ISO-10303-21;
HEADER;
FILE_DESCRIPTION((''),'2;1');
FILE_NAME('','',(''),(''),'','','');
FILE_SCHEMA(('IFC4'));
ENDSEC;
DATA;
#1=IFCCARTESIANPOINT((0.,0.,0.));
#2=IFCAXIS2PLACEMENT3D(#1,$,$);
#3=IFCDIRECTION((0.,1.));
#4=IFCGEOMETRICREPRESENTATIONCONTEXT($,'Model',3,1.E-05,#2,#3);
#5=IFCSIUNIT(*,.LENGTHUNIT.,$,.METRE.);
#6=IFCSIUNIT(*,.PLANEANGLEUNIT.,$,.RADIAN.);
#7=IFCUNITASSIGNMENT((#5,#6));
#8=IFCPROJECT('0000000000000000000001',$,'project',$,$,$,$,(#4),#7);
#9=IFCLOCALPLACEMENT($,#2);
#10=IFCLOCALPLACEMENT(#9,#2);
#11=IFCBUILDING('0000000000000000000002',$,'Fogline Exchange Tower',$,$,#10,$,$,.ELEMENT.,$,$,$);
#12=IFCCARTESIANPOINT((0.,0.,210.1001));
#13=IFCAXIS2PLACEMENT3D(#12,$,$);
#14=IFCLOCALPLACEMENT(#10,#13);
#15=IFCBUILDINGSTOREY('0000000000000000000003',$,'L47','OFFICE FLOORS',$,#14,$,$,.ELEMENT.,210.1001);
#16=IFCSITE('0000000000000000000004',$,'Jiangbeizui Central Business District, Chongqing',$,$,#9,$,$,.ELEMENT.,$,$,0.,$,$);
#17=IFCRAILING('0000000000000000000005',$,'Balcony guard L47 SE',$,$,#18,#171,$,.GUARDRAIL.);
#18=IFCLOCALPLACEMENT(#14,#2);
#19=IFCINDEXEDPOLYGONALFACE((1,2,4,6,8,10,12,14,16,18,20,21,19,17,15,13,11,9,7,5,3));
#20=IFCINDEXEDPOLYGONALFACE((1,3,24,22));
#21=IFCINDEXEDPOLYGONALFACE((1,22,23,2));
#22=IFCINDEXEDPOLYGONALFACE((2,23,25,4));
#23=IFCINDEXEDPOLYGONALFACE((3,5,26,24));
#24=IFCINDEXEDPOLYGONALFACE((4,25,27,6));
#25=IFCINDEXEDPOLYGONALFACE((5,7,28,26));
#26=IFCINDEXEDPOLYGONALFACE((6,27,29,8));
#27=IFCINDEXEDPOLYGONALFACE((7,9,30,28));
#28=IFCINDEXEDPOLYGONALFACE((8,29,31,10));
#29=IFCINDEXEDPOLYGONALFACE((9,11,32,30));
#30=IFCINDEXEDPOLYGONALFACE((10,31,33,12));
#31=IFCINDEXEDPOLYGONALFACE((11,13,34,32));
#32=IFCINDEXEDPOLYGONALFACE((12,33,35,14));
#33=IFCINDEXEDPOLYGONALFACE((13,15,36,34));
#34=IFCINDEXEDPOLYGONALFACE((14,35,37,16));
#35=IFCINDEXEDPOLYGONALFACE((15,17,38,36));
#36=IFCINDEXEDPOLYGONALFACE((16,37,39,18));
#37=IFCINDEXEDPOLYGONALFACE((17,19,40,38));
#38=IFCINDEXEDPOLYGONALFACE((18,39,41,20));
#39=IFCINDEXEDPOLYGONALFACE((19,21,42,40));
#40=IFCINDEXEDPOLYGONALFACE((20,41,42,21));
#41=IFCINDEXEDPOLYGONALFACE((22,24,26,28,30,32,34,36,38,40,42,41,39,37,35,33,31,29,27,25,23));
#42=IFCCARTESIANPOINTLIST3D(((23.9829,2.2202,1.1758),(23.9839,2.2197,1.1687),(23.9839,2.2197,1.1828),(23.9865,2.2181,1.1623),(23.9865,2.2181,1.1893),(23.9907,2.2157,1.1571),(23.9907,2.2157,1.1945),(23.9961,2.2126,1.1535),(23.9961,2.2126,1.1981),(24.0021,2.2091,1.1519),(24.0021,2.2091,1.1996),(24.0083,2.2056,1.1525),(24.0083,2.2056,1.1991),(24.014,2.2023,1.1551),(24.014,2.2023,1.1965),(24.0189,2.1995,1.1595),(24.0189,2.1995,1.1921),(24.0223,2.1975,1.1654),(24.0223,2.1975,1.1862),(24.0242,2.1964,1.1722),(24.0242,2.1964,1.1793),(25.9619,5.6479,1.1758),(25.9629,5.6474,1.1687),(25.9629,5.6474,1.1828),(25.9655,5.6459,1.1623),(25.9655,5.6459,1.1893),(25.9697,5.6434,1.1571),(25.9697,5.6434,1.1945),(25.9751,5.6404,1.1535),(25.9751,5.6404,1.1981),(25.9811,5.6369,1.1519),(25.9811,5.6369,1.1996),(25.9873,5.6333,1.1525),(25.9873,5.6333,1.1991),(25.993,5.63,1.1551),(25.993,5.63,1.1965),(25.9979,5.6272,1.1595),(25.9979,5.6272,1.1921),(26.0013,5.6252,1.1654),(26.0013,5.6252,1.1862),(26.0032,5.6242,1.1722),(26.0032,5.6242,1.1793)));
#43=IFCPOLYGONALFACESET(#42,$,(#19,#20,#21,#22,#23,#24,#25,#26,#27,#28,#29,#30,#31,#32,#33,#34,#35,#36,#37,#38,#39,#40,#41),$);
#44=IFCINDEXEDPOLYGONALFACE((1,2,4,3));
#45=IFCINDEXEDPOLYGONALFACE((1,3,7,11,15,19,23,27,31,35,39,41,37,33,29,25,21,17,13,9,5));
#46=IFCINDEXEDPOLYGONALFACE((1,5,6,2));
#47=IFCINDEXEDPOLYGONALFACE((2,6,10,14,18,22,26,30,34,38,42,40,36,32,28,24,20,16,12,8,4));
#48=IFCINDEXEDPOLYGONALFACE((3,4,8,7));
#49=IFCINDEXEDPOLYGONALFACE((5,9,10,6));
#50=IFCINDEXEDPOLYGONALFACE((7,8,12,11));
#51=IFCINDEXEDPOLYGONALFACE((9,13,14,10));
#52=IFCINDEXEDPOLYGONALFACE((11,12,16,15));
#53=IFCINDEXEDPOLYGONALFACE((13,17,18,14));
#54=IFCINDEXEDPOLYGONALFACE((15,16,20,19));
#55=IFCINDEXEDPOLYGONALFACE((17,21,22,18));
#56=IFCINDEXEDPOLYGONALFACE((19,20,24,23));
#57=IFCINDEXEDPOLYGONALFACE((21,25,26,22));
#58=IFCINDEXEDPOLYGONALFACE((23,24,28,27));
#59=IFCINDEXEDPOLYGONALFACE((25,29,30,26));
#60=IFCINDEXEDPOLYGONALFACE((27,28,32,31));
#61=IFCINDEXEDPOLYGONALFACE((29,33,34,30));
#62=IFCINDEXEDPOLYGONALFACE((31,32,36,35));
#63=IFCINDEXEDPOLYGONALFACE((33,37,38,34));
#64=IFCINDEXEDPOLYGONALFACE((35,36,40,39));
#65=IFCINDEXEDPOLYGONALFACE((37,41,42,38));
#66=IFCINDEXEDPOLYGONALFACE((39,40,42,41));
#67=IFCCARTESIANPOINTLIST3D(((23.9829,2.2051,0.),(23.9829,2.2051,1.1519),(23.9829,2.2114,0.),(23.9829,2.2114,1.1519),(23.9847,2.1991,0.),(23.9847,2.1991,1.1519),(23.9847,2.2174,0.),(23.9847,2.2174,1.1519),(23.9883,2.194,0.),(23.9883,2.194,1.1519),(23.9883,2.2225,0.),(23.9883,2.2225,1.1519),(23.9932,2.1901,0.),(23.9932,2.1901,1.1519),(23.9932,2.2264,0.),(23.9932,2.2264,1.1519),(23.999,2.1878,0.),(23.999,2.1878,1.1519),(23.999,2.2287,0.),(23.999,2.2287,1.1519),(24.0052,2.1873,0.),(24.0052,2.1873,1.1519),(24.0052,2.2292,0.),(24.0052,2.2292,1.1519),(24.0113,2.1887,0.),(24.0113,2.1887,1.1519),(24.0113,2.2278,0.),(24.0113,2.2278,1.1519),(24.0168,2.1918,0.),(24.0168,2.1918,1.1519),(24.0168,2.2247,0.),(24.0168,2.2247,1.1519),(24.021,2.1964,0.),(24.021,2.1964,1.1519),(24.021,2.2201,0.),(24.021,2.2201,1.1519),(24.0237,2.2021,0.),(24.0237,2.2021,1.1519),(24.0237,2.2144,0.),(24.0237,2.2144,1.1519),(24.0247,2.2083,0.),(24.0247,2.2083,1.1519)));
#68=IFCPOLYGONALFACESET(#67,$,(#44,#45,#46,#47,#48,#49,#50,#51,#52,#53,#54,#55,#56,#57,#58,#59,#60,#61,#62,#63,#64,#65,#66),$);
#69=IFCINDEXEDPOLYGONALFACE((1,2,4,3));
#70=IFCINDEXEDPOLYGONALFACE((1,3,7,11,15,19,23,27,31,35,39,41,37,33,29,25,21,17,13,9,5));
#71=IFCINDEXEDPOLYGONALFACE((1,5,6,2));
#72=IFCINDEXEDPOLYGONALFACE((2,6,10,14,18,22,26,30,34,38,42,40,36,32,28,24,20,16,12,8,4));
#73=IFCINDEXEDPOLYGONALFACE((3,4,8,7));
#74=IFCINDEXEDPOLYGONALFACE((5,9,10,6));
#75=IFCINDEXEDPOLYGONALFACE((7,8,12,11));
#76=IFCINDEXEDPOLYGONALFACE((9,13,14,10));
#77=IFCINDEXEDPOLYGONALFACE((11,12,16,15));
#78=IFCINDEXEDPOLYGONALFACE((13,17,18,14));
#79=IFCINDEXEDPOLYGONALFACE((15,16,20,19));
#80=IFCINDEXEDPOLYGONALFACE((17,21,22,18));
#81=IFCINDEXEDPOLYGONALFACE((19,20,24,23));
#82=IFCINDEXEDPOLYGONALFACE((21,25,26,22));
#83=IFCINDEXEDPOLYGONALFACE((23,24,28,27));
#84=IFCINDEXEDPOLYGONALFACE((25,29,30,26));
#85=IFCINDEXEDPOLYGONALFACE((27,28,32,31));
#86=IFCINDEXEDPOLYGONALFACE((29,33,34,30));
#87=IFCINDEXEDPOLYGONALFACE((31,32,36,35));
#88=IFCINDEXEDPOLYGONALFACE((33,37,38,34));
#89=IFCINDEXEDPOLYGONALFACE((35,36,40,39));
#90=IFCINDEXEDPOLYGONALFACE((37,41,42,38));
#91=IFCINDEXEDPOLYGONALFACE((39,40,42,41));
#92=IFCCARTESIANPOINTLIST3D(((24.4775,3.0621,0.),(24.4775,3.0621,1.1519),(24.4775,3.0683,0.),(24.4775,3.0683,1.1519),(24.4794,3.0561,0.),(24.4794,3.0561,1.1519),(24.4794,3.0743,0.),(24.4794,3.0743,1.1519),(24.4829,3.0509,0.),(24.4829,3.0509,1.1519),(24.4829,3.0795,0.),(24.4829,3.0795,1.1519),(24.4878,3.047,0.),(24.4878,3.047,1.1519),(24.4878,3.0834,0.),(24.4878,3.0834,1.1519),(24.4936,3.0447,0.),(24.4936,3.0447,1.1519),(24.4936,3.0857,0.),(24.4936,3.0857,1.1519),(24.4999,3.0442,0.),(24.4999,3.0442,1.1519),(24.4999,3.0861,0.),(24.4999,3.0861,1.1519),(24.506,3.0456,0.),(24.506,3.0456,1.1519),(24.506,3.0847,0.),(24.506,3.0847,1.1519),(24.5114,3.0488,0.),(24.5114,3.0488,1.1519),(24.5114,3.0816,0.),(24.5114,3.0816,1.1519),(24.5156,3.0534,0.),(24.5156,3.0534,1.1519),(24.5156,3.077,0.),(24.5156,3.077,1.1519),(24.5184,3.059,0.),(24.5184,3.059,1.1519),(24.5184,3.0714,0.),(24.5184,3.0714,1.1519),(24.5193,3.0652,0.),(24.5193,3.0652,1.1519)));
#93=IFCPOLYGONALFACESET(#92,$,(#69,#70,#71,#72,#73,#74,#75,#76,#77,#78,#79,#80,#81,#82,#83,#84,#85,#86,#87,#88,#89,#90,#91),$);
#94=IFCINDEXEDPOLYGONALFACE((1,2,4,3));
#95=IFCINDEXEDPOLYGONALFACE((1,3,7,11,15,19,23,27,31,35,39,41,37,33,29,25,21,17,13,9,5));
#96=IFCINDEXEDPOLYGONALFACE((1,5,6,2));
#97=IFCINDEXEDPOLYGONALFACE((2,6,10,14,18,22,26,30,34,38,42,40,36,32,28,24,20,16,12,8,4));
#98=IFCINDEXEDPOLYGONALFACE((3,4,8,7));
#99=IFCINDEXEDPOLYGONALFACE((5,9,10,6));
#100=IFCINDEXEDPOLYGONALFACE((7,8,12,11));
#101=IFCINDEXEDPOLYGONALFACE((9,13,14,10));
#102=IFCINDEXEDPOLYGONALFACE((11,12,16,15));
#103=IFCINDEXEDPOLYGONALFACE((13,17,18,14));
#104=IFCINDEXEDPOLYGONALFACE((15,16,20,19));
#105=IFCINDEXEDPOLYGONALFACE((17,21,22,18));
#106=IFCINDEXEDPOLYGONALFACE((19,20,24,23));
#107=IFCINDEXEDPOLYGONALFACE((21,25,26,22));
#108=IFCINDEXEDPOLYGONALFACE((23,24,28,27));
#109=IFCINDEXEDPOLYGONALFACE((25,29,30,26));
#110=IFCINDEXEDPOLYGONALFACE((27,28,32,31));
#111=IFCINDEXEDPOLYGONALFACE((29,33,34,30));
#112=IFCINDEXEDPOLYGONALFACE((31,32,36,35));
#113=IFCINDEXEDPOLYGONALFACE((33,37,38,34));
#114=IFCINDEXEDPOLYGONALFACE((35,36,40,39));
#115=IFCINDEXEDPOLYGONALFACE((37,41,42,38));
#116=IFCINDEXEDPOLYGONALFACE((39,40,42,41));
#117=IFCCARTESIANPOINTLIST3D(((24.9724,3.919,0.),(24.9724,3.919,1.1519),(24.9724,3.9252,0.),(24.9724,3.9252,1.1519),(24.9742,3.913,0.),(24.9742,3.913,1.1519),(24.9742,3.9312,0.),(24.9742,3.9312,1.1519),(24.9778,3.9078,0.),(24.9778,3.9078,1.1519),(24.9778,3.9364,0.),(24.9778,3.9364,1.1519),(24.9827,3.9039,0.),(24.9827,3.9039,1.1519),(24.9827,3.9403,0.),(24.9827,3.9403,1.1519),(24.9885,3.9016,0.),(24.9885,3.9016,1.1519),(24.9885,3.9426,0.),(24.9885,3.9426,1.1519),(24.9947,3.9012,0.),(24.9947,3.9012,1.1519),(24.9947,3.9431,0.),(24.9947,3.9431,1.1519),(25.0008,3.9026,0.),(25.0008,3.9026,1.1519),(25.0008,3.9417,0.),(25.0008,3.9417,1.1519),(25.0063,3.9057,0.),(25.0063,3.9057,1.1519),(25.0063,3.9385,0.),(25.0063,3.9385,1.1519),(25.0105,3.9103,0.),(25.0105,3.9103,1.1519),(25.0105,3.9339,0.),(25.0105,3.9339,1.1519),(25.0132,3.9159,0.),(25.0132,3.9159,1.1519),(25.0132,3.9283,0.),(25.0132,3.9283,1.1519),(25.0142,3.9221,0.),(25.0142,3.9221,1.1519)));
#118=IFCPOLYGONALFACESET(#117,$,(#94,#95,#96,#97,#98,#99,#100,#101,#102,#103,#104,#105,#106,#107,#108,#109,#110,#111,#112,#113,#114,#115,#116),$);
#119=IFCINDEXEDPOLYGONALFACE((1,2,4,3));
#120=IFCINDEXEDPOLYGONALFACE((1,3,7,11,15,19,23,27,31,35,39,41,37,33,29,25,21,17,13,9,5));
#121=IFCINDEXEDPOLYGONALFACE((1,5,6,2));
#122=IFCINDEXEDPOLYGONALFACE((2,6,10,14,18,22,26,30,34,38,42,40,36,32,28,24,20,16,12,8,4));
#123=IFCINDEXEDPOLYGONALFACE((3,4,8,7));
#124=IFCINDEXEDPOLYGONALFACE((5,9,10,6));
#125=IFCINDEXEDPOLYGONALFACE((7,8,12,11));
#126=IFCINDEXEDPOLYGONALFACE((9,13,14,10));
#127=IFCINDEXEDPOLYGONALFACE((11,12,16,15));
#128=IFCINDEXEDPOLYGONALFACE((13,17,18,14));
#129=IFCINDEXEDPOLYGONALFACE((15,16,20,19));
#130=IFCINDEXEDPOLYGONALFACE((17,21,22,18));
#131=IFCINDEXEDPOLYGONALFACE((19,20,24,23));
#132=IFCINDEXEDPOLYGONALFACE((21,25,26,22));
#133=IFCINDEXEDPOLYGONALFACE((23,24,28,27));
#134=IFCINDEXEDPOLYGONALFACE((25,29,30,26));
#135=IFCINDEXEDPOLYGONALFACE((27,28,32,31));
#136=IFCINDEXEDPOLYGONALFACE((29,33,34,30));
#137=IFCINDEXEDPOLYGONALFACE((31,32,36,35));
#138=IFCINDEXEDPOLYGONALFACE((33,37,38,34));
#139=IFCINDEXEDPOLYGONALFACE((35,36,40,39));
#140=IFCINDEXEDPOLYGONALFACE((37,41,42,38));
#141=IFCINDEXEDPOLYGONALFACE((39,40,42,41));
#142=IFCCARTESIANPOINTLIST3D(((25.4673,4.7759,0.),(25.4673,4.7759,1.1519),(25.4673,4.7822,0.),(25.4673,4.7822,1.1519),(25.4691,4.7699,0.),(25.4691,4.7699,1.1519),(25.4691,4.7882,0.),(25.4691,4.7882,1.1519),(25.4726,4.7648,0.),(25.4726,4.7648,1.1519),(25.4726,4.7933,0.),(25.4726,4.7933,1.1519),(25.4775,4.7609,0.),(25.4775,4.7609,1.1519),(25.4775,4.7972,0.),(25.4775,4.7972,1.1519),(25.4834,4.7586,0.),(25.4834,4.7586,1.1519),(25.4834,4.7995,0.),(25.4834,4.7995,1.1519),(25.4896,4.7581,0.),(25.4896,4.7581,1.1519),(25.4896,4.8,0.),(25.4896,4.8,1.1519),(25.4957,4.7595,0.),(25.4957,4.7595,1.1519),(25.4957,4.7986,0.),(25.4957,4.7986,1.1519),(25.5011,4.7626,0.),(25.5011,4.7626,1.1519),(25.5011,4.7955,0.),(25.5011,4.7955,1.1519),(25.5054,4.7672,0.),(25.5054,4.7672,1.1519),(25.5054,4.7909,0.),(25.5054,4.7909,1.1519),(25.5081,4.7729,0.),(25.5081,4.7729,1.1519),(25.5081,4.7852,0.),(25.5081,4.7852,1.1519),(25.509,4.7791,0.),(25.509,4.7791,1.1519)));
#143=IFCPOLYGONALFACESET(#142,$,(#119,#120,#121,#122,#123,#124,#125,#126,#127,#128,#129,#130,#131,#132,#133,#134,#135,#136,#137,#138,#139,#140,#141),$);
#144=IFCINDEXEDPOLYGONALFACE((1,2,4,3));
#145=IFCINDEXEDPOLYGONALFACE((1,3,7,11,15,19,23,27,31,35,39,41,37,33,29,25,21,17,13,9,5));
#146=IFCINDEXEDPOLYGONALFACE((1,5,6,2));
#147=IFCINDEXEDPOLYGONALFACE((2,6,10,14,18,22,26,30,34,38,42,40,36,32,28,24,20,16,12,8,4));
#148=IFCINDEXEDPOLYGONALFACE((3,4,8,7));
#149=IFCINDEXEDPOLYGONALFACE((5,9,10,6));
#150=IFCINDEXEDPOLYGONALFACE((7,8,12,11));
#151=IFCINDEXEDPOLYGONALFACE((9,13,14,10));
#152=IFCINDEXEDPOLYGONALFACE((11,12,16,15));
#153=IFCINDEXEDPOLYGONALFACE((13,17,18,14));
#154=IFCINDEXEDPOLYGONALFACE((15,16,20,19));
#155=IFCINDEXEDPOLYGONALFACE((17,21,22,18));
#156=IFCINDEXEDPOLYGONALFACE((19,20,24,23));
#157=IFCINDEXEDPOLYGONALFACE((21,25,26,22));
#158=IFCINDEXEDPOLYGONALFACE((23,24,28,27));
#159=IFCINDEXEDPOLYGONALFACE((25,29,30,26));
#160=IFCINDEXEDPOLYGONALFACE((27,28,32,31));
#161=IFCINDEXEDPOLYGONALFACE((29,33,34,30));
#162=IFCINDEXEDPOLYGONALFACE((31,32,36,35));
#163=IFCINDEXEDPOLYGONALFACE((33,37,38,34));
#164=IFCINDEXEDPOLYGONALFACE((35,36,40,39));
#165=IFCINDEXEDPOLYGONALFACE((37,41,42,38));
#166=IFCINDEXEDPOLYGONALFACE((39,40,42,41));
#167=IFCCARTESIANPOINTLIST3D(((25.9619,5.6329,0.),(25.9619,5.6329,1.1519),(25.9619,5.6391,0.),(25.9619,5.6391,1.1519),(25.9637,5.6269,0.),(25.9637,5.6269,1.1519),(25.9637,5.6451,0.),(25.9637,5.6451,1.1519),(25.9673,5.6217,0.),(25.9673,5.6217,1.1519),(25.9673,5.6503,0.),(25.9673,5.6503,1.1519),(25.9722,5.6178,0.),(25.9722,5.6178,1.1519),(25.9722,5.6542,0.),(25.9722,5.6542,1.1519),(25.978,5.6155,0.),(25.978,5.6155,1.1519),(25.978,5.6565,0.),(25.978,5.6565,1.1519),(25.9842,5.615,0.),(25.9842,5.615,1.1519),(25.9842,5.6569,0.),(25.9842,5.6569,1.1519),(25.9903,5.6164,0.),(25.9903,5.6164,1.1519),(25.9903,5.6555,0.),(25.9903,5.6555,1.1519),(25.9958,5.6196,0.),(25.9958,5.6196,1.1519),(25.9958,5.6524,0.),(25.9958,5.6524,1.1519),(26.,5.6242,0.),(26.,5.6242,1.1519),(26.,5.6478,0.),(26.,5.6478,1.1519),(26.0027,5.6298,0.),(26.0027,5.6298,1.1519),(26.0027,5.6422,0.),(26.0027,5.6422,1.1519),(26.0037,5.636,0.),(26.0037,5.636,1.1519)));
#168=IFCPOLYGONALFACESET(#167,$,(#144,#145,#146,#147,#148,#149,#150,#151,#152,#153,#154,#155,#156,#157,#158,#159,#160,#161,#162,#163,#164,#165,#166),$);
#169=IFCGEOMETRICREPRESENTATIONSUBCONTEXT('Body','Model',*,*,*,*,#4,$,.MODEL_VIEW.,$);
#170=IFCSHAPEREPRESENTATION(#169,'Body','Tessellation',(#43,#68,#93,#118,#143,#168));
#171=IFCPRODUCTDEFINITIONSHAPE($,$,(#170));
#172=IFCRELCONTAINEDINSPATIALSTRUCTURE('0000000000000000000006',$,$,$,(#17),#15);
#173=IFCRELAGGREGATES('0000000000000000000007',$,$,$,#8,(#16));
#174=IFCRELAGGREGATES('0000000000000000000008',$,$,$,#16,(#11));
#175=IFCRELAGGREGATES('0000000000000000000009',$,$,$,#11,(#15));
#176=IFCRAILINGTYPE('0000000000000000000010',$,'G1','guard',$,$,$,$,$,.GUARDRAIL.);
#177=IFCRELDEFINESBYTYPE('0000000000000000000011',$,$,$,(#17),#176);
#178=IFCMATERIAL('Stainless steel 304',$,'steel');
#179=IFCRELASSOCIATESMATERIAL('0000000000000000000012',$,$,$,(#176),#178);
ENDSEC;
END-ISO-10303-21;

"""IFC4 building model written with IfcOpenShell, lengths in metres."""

from ifc_helpers import new_model, si_unit, direction, frame, origin, origin_2d, place, context, subcontext, project, spatial, circle, extrude, material, type_object, element, save


model = new_model("IFC4")

# Units and contexts
model_context = context("Model", 3, precision=1e-05, world=origin(), true_north=direction((0.0, 1.0)))
body_context = subcontext(model_context, "Body", "Model", "MODEL_VIEW")
ifc_project = project(units=[si_unit("LENGTHUNIT", "METRE"), si_unit("PLANEANGLEUNIT", "RADIAN")], contexts=[model_context])

# Site, building, storey
site_placement = place(None, origin())
site = spatial("IfcSite", under=ifc_project, at=site_placement, Name="Jiangbeizui Central Business District, Chongqing", CompositionType="ELEMENT", RefElevation=0.0)
building_placement = place(site_placement, origin())
building = spatial("IfcBuilding", under=site, at=building_placement, Name="Fogline Exchange Tower", CompositionType="ELEMENT")
storey_placement = place(building_placement, frame((0.0, 0.0, 210.1001)))
storey = spatial("IfcBuildingStorey", under=building, at=storey_placement, Name="L47", Description="OFFICE FLOORS", CompositionType="ELEMENT", Elevation=210.1001)

# Railing
ifc_material_1 = material(Name="Stainless steel 304", Category="steel")
railing_type = type_object("IfcRailingType", Name="G1", Description="guard", PredefinedType="GUARDRAIL", material=ifc_material_1)
railing_placement = place(storey_placement, frame((24.0037, 2.2083, 0.0)))
element("IfcRailing", 1, at=railing_placement, inside=storey, type_object=railing_type, Name="Balcony guard L47 SE", PredefinedType="GUARDRAIL", context=body_context, shape_type="SweptSolid", body=[
    extrude(circle(Radius=0.0239, at=origin_2d()), frame((0.0, 0.0, 1.1758), z_axis=(0.5, 0.866025, 0.0), x_axis=(-0.866025, 0.5, 0.0)), (0.0, 0.0, 1.0), 3.958),
    extrude(circle(Radius=0.021, at=origin_2d()), origin(), (0.0, 0.0, 1.0), 1.1519),
    extrude(circle(Radius=0.021, at=origin_2d()), frame((0.4946, 0.8569, 0.0)), (0.0, 0.0, 1.0), 1.1519),
    extrude(circle(Radius=0.021, at=origin_2d()), frame((0.9895, 1.7139, 0.0)), (0.0, 0.0, 1.0), 1.1519),
    extrude(circle(Radius=0.021, at=origin_2d()), frame((1.4844, 2.5708, 0.0)), (0.0, 0.0, 1.0), 1.1519),
    extrude(circle(Radius=0.021, at=origin_2d()), frame((1.979, 3.4277, 0.0)), (0.0, 0.0, 1.0), 1.1519),
])

save(model, "model.ifc")
